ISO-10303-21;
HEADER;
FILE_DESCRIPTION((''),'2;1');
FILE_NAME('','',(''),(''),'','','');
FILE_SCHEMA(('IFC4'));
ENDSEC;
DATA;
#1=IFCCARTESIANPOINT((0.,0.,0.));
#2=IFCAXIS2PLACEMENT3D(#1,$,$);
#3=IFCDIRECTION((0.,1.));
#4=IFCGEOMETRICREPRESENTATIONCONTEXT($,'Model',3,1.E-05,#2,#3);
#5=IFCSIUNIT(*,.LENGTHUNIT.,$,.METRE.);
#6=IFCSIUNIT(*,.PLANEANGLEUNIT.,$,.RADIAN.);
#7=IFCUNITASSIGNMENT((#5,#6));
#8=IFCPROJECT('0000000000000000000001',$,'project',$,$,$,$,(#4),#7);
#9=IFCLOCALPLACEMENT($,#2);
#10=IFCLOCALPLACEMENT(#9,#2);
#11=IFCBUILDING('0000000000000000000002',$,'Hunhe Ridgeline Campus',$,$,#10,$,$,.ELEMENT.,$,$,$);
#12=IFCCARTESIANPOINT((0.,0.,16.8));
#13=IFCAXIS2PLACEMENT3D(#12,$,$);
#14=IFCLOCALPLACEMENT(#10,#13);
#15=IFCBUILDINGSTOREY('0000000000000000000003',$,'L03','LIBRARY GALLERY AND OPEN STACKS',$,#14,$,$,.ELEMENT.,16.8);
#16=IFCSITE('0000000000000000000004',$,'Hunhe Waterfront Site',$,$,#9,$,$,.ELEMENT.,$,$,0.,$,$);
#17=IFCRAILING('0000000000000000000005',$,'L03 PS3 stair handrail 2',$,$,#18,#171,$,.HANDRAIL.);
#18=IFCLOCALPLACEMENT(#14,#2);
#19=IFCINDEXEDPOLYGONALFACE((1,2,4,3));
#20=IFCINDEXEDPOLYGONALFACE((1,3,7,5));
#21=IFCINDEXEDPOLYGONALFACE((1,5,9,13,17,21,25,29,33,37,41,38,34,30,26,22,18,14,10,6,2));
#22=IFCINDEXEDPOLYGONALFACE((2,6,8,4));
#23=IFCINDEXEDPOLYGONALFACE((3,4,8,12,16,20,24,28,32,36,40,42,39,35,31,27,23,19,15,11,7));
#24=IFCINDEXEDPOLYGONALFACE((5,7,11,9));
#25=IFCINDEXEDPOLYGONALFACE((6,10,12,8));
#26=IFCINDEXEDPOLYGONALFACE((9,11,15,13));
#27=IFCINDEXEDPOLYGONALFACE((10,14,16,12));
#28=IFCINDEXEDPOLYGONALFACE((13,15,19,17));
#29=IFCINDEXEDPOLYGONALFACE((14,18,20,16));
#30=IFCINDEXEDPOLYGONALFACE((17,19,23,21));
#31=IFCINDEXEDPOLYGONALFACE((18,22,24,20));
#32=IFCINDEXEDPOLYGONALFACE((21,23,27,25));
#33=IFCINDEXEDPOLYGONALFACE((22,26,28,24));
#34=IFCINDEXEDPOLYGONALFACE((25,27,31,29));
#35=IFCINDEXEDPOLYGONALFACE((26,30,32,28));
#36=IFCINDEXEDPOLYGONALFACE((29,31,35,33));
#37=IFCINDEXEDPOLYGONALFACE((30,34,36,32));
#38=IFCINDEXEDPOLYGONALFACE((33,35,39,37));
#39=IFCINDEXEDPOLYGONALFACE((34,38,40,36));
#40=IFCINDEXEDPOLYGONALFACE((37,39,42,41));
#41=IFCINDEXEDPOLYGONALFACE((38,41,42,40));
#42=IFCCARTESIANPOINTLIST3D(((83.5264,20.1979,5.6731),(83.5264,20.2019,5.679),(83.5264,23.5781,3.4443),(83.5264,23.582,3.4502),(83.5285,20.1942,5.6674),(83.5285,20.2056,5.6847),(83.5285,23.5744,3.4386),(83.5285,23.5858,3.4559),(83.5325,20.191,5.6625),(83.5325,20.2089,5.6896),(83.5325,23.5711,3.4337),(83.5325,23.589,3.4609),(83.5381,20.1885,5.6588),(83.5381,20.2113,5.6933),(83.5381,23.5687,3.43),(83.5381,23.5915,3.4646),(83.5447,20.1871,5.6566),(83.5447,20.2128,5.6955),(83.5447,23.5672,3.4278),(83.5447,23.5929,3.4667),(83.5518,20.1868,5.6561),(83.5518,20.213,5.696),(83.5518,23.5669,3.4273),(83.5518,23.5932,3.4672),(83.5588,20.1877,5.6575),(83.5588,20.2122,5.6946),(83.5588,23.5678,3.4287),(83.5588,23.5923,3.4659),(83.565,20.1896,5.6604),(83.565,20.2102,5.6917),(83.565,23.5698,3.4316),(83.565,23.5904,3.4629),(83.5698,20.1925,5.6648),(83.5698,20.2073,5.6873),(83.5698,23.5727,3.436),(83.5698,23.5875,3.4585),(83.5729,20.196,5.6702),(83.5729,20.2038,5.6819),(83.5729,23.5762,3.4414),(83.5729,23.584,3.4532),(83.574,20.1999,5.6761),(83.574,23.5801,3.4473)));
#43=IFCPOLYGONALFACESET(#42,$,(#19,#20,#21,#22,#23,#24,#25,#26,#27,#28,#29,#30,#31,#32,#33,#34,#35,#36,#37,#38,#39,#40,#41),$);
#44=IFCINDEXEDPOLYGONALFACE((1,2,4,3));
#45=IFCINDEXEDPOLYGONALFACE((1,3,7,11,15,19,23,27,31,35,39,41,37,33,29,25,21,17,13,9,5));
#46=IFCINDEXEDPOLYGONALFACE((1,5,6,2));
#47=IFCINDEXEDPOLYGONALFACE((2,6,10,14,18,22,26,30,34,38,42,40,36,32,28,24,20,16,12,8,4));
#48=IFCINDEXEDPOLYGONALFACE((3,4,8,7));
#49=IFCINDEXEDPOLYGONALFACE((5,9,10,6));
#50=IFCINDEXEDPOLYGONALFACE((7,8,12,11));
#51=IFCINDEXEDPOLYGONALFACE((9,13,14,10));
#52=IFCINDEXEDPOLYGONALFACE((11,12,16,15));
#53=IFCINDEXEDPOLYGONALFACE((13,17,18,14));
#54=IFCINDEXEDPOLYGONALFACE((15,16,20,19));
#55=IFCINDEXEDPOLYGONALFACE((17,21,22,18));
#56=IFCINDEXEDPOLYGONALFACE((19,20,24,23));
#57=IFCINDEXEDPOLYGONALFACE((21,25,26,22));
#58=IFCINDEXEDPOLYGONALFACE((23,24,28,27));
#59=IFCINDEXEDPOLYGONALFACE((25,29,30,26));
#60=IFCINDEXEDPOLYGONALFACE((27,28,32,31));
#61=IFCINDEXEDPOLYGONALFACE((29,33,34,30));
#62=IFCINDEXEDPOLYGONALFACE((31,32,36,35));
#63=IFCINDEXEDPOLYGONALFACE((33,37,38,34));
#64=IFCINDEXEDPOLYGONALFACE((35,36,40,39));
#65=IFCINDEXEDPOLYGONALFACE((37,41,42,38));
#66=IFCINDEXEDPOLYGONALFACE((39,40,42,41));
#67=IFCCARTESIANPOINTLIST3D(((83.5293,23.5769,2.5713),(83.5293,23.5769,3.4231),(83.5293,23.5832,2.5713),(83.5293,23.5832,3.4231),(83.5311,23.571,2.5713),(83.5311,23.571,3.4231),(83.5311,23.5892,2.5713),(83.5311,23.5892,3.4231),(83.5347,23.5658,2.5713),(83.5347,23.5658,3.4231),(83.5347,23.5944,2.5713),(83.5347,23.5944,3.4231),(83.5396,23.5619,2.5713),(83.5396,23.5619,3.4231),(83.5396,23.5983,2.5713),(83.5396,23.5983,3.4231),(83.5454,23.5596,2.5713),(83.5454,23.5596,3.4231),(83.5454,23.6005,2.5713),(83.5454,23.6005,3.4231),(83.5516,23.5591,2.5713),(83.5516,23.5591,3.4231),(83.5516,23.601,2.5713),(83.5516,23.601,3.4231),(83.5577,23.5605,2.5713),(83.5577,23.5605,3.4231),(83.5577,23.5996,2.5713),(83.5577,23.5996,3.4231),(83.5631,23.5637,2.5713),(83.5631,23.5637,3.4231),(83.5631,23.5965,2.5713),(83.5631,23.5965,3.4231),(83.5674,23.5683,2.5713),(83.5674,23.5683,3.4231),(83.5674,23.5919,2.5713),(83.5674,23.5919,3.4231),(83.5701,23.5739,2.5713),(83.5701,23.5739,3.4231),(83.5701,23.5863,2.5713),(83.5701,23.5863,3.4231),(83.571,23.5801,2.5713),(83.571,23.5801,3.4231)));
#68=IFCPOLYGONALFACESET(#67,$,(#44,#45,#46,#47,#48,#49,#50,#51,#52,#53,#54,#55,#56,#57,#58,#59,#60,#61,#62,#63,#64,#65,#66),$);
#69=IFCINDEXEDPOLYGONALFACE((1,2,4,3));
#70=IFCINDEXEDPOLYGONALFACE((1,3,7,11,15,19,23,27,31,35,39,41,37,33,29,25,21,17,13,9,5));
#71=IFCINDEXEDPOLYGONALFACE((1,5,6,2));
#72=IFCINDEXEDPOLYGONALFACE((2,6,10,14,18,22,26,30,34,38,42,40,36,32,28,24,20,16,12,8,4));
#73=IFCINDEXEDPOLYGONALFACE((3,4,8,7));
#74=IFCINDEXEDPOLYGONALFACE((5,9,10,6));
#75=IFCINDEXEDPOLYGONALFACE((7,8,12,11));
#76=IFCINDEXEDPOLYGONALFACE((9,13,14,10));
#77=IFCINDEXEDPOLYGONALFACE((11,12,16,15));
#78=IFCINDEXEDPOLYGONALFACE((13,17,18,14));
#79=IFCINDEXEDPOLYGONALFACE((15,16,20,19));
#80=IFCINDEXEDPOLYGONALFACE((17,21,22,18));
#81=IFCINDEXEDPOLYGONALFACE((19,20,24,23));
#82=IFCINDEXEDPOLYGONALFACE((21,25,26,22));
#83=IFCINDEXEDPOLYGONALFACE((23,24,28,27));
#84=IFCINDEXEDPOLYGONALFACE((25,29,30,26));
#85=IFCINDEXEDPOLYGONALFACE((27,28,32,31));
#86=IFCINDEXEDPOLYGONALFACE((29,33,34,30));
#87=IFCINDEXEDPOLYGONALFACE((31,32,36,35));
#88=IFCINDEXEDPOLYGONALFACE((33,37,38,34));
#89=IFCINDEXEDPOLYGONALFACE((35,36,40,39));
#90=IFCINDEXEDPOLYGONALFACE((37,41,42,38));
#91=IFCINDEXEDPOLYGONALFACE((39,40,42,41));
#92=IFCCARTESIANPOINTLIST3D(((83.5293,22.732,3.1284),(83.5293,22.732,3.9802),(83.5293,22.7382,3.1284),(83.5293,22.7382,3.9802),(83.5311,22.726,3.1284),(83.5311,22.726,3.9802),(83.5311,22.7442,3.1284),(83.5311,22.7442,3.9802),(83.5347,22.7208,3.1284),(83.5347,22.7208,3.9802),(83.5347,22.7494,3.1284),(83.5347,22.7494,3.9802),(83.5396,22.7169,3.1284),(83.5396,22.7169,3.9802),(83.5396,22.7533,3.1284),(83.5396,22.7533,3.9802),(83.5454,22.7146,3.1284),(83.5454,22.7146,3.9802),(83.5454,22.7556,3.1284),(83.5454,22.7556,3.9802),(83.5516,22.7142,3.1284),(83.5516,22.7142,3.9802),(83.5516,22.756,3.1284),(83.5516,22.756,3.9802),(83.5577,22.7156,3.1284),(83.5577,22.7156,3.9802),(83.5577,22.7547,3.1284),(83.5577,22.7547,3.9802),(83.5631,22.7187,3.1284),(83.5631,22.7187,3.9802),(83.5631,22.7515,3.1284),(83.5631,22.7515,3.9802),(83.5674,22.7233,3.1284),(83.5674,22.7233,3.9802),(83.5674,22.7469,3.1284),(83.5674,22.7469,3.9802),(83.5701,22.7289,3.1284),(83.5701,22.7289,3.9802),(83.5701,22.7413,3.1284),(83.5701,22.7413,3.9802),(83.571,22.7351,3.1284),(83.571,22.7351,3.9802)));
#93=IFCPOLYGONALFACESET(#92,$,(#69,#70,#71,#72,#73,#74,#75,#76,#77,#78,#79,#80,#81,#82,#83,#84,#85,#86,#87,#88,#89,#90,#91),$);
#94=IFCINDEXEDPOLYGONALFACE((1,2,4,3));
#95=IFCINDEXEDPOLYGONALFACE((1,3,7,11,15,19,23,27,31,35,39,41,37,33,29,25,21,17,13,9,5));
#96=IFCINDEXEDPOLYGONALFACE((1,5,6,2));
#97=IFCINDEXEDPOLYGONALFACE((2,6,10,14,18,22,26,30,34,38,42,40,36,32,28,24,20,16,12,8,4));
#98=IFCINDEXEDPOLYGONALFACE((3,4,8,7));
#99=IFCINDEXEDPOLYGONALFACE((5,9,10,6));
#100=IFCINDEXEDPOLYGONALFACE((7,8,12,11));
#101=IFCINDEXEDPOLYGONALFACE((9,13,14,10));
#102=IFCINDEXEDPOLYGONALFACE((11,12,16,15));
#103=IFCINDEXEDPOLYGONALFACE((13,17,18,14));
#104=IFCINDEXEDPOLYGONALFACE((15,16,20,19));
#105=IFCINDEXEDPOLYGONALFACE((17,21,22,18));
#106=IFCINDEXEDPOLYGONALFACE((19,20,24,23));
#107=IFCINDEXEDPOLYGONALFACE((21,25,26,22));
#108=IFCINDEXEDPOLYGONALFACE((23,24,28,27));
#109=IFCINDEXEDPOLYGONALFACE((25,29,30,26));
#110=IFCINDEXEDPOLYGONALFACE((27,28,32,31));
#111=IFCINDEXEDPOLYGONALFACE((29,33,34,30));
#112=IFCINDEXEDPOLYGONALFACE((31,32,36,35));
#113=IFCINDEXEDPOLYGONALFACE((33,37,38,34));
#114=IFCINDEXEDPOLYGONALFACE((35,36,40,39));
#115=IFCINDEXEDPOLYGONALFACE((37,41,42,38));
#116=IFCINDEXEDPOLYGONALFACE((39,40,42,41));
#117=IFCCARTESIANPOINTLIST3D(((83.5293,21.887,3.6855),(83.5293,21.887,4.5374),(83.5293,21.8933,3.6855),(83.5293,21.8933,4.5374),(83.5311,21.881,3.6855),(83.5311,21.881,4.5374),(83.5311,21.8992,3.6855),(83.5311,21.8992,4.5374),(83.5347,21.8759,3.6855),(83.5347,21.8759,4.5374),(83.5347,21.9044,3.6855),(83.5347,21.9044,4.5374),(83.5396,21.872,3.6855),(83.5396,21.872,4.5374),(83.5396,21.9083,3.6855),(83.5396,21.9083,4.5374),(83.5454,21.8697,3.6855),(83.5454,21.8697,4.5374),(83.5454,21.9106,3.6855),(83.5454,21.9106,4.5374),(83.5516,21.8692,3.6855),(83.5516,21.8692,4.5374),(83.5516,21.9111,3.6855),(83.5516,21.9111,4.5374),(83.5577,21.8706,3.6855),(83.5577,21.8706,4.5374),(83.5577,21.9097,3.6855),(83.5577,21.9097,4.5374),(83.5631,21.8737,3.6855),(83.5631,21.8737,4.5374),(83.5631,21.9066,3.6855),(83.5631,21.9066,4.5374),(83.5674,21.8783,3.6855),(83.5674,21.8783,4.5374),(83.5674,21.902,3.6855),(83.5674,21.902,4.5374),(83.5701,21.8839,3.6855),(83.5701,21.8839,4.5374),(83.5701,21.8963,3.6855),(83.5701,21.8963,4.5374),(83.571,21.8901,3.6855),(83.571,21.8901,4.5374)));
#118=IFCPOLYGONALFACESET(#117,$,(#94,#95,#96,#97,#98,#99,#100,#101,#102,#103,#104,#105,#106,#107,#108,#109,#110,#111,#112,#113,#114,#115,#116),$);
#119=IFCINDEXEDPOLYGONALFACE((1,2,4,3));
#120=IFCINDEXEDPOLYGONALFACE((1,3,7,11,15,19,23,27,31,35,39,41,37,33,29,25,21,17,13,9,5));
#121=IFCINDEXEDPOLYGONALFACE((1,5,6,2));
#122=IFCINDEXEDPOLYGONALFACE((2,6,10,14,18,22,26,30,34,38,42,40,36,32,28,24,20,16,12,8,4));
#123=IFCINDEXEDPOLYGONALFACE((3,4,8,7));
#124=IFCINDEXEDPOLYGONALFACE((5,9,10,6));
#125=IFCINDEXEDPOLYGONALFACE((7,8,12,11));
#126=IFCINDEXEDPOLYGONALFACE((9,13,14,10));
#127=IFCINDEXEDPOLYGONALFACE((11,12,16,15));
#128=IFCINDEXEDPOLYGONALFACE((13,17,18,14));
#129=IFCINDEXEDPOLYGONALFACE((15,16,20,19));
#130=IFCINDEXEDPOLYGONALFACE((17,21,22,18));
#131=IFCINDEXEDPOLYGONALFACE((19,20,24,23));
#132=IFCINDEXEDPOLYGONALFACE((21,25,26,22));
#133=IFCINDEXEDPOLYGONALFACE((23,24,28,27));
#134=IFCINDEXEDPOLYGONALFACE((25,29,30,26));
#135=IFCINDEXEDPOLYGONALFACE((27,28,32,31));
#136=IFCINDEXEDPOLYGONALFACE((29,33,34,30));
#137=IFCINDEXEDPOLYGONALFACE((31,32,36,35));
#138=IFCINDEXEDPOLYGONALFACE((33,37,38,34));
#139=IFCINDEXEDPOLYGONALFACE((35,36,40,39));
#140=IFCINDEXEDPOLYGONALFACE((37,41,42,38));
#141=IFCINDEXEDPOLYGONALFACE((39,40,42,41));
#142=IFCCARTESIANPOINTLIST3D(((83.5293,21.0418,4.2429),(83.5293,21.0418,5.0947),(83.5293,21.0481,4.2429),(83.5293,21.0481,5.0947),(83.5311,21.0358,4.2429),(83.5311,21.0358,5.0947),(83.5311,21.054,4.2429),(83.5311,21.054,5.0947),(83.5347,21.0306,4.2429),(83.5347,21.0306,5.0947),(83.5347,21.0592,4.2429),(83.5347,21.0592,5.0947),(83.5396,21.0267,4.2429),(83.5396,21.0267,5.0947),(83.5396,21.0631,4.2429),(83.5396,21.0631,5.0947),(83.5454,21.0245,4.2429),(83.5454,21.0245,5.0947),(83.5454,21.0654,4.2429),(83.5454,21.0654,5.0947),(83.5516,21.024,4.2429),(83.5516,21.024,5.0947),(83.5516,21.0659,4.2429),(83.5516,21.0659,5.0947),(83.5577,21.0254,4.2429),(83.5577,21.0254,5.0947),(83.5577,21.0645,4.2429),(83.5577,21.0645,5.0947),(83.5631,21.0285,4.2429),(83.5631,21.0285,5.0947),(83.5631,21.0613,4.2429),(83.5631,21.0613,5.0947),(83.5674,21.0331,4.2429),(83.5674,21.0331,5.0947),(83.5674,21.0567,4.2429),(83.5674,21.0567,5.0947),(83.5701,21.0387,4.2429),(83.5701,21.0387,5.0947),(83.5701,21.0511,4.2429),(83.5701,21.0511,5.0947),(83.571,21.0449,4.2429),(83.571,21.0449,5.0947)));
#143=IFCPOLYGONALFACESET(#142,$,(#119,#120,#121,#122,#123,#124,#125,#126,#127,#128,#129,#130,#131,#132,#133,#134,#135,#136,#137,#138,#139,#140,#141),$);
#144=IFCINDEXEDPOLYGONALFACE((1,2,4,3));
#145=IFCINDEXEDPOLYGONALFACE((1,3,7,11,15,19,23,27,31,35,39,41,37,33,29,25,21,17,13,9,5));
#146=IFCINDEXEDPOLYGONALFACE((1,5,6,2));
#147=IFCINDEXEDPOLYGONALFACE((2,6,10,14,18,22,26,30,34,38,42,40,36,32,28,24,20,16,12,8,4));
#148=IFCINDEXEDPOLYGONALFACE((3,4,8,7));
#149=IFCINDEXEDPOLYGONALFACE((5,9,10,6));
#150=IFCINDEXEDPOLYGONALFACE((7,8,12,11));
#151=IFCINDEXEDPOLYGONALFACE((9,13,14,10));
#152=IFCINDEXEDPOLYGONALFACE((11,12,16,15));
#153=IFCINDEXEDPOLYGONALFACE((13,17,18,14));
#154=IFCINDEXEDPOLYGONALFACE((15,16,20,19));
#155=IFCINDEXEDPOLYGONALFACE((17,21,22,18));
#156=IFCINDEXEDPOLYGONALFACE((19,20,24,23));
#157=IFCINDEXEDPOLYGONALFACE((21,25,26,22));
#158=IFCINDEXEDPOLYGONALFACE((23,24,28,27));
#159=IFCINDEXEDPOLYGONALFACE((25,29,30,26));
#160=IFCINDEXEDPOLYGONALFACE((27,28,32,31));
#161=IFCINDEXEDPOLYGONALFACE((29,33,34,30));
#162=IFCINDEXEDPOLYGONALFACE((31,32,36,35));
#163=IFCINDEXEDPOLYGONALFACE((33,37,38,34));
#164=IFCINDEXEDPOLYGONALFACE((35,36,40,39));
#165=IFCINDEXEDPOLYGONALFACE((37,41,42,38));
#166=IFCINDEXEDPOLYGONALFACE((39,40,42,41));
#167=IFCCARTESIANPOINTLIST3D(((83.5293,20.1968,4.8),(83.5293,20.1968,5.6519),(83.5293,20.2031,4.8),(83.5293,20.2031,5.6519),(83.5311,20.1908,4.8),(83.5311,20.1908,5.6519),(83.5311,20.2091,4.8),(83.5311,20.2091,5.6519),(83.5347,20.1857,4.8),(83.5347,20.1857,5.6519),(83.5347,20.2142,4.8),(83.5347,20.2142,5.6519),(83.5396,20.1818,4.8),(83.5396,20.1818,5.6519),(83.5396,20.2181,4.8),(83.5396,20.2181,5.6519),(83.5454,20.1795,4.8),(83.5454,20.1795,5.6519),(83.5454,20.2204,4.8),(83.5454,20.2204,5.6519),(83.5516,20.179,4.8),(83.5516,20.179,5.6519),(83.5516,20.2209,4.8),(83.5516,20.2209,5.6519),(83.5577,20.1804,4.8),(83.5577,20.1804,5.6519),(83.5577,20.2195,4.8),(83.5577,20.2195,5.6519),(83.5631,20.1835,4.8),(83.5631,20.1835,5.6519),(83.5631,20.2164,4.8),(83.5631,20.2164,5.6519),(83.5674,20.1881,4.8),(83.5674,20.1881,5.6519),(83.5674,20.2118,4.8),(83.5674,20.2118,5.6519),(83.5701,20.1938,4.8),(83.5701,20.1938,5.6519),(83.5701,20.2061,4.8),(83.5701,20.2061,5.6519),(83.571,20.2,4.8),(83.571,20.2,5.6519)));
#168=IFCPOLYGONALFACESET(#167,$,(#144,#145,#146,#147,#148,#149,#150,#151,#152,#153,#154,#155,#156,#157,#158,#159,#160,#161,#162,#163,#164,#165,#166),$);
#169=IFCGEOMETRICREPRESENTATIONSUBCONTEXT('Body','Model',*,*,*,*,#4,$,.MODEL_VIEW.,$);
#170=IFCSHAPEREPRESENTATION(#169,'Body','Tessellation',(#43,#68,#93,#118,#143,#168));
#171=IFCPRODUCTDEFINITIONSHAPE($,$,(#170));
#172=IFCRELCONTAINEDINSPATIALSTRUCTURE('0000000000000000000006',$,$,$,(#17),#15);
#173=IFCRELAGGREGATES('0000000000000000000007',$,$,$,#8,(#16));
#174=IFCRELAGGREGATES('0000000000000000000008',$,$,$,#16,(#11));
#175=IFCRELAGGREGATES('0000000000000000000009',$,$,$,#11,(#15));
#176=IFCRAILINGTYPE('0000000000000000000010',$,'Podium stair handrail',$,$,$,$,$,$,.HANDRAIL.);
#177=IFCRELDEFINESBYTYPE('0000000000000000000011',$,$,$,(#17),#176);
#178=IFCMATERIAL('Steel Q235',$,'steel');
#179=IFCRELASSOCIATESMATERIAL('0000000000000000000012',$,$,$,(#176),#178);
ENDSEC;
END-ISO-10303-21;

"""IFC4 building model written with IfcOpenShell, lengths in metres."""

from ifc_helpers import new_model, si_unit, direction, frame, origin, origin_2d, place, context, subcontext, project, spatial, circle, extrude, material, type_object, element, save


model = new_model("IFC4")

# Units and contexts
model_context = context("Model", 3, precision=1e-05, world=origin(), true_north=direction((0.0, 1.0)))
body_context = subcontext(model_context, "Body", "Model", "MODEL_VIEW")
ifc_project = project(units=[si_unit("LENGTHUNIT", "METRE"), si_unit("PLANEANGLEUNIT", "RADIAN")], contexts=[model_context])

# Site, building, storey
site_placement = place(None, origin())
site = spatial("IfcSite", under=ifc_project, at=site_placement, Name="Hunhe Waterfront Site", CompositionType="ELEMENT", RefElevation=0.0)
building_placement = place(site_placement, origin())
building = spatial("IfcBuilding", under=site, at=building_placement, Name="Hunhe Ridgeline Campus", CompositionType="ELEMENT")
storey_placement = place(building_placement, frame((0.0, 0.0, 16.8)))
storey = spatial("IfcBuildingStorey", under=building, at=storey_placement, Name="L03", Description="LIBRARY GALLERY AND OPEN STACKS", CompositionType="ELEMENT", Elevation=16.8)

# Railing
ifc_material_1 = material(Name="Steel Q235", Category="steel")
railing_type_1 = type_object("IfcRailingType", Name="Podium stair handrail", PredefinedType="HANDRAIL", material=ifc_material_1)
railing_1_placement = place(storey_placement, frame((83.55, 23.5801, 2.5713)))
element("IfcRailing", 1, at=railing_1_placement, inside=storey, type_object=railing_type_1, Name="L03 PS3 stair handrail 2", PredefinedType="HANDRAIL", context=body_context, shape_type="SweptSolid", body=[
    extrude(circle(Radius=0.0239, at=origin_2d()), frame((0.0, 0.0, 0.876), z_axis=(0.0, -0.834851, 0.550477), x_axis=(1.0, 0.0, 0.0)), (0.0, 0.0, 1.0), 4.0488),
    extrude(circle(Radius=0.021, at=origin_2d()), origin(), (0.0, 0.0, 1.0), 0.8518),
    extrude(circle(Radius=0.021, at=origin_2d()), frame((0.0, -0.845, 0.5571)), (0.0, 0.0, 1.0), 0.8518),
    extrude(circle(Radius=0.021, at=origin_2d()), frame((0.0, -1.6899, 1.1143)), (0.0, 0.0, 1.0), 0.8518),
    extrude(circle(Radius=0.021, at=origin_2d()), frame((0.0, -2.5352, 1.6716)), (0.0, 0.0, 1.0), 0.8518),
    extrude(circle(Radius=0.021, at=origin_2d()), frame((0.0, -3.3801, 2.2288)), (0.0, 0.0, 1.0), 0.8518),
])

save(model, "model.ifc")
